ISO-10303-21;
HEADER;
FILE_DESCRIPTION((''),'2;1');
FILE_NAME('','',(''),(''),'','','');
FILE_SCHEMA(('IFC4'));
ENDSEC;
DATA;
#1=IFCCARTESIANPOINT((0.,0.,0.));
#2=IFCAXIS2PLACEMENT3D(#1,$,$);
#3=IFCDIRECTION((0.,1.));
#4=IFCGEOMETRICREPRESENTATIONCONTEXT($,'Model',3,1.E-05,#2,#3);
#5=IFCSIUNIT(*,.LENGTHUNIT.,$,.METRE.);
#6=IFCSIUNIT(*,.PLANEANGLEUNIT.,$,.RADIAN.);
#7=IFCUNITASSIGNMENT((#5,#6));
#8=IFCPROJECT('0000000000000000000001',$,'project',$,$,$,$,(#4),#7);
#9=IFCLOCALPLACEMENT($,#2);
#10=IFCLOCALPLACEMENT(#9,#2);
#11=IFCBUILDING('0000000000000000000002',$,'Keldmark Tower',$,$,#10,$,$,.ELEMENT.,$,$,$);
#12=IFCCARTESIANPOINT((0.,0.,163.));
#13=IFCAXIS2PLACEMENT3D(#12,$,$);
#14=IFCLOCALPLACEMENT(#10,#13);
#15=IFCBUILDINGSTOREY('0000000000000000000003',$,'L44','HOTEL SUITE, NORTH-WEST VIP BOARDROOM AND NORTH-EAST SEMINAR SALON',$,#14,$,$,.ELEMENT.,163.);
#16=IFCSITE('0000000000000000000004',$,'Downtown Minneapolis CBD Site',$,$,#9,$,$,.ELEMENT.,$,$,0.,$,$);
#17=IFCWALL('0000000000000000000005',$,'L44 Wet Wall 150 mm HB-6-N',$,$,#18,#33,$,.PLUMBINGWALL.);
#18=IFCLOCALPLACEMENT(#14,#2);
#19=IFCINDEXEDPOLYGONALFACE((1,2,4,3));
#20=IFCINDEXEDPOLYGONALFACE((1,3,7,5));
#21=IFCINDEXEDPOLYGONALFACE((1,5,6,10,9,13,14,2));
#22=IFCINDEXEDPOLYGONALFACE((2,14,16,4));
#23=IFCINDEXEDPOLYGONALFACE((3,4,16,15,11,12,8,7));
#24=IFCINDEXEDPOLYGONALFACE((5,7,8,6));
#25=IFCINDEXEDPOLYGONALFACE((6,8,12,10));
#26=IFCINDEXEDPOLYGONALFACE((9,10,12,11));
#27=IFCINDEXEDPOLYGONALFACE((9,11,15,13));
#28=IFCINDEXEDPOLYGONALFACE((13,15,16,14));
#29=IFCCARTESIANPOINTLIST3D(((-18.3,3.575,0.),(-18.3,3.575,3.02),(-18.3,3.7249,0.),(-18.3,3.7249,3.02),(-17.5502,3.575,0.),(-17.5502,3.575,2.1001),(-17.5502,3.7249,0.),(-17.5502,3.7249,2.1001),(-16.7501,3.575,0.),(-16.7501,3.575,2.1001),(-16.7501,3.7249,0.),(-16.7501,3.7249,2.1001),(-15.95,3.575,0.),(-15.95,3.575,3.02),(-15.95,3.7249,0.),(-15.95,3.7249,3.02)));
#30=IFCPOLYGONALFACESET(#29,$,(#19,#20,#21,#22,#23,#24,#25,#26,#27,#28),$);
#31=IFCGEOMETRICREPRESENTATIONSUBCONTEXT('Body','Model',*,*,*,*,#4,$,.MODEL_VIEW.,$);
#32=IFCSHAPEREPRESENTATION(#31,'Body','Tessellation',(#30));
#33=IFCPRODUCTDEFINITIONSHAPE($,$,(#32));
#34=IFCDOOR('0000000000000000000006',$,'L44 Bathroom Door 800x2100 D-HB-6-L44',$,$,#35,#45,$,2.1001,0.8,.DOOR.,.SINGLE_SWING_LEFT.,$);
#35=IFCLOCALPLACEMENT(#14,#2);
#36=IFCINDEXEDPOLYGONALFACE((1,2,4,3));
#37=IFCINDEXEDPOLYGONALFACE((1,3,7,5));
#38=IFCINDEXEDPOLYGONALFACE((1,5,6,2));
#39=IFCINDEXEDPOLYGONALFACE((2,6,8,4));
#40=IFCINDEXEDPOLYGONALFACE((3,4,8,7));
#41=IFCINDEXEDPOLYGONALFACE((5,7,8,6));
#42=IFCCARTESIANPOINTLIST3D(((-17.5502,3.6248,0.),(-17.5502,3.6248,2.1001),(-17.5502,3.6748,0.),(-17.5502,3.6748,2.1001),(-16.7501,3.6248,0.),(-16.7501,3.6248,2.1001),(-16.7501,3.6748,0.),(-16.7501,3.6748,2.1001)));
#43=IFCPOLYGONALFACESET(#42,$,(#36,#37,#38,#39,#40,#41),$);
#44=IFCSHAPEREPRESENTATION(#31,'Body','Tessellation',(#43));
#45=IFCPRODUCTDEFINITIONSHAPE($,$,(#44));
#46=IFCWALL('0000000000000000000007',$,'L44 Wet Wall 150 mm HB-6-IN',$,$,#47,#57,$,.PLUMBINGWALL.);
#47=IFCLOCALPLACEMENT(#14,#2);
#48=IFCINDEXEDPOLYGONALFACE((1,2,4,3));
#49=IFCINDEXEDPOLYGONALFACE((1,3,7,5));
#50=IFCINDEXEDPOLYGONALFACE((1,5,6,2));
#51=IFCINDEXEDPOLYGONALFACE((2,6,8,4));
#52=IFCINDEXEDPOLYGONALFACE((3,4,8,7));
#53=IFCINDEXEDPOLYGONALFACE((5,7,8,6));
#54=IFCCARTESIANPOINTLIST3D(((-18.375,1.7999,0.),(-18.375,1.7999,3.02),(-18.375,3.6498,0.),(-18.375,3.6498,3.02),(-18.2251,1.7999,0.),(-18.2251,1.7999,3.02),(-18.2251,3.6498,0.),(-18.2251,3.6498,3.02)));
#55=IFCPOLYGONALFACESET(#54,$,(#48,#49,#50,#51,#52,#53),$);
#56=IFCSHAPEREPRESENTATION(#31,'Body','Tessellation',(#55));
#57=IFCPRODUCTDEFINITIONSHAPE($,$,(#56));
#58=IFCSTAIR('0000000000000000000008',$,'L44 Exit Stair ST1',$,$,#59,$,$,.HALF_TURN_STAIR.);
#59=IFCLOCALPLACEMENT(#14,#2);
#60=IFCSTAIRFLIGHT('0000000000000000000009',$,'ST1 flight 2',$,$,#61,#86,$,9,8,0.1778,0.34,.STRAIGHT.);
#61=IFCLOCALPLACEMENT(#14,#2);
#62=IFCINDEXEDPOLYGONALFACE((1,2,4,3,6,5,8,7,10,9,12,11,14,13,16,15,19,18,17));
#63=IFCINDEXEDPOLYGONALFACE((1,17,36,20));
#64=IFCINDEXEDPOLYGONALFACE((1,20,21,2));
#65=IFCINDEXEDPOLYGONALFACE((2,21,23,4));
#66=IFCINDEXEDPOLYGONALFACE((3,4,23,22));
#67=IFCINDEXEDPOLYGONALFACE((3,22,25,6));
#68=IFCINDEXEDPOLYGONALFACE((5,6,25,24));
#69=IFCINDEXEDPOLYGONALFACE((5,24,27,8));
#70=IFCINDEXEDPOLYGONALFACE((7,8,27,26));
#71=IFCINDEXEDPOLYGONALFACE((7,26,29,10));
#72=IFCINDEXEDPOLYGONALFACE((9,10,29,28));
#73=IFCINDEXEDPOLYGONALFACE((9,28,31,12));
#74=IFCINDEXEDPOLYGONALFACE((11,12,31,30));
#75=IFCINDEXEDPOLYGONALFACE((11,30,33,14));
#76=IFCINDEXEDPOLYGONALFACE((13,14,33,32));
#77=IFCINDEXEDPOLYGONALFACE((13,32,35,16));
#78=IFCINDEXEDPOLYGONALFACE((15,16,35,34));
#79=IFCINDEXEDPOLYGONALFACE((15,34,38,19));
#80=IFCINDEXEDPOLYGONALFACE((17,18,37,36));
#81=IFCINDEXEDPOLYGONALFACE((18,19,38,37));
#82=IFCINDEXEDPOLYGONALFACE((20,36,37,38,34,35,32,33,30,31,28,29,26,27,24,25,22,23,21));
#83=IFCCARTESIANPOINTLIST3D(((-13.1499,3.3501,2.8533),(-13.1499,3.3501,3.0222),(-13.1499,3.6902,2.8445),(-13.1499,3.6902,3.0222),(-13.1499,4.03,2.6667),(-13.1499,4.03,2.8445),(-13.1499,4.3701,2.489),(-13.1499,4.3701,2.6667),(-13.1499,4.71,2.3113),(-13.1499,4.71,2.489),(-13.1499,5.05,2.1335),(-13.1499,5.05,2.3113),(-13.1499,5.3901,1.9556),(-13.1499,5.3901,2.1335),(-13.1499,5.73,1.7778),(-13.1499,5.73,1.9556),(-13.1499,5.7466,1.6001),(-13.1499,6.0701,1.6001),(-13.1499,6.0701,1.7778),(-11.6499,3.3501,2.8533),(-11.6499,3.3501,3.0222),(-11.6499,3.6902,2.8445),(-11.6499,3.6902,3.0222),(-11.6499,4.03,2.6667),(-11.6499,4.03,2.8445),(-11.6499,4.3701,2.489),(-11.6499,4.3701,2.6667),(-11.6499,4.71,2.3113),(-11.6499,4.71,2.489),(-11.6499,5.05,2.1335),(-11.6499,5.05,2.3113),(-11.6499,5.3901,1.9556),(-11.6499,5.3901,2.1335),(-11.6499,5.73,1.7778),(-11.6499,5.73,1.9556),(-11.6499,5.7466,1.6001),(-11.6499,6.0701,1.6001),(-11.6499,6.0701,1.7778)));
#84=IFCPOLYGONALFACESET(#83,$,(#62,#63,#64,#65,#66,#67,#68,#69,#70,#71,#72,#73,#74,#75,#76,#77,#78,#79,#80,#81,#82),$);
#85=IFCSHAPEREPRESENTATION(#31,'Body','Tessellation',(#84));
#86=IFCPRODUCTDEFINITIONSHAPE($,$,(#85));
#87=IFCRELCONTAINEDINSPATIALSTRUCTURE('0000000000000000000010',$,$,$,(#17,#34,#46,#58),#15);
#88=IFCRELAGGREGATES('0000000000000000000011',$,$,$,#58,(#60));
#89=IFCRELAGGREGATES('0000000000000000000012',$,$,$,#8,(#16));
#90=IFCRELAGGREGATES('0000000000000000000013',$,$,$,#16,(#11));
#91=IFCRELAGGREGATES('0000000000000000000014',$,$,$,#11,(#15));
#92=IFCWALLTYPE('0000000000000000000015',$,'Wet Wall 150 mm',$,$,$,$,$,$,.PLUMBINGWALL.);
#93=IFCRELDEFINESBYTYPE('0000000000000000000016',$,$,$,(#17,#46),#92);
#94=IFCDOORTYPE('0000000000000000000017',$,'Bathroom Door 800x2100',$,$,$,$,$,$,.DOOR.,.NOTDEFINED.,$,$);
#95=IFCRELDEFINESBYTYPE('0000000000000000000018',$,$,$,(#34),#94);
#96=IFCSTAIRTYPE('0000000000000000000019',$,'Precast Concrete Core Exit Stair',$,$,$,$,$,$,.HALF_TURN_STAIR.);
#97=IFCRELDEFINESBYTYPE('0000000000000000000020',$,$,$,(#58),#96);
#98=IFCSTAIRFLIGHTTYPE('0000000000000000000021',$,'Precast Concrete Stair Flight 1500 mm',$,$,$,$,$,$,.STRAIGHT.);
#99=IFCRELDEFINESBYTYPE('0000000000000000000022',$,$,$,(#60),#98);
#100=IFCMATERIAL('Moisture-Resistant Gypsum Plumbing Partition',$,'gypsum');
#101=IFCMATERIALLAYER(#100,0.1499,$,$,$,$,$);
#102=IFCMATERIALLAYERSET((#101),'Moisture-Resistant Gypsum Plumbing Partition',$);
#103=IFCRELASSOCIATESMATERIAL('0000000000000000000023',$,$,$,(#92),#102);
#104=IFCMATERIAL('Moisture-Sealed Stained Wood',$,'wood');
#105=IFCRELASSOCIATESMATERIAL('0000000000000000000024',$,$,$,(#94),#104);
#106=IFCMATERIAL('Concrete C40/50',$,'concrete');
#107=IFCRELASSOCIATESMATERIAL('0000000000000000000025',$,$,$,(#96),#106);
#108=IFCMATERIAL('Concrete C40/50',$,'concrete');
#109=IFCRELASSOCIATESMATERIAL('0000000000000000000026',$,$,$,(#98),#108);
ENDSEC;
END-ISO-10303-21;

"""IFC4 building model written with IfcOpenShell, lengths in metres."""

from ifc_helpers import new_model, si_unit, direction, frame, frame_2d, origin, place, context, subcontext, project, spatial, polyline, rectangle, outline, extrude, material, layer, layer_set, type_object, element, fill, aggregate, save


model = new_model("IFC4")

# Units and contexts
model_context = context("Model", 3, precision=1e-05, world=origin(), true_north=direction((0.0, 1.0)))
body_context = subcontext(model_context, "Body", "Model", "MODEL_VIEW")
ifc_project = project(units=[si_unit("LENGTHUNIT", "METRE"), si_unit("PLANEANGLEUNIT", "RADIAN")], contexts=[model_context])

# Site, building, storey
site_placement = place(None, origin())
site = spatial("IfcSite", under=ifc_project, at=site_placement, Name="Downtown Minneapolis CBD Site", CompositionType="ELEMENT", RefElevation=0.0)
building_placement = place(site_placement, origin())
building = spatial("IfcBuilding", under=site, at=building_placement, Name="Keldmark Tower", CompositionType="ELEMENT")
storey_placement = place(building_placement, frame((0.0, 0.0, 163.0)))
storey = spatial("IfcBuildingStorey", under=building, at=storey_placement, Name="L44", Description="HOTEL SUITE, NORTH-WEST VIP BOARDROOM AND NORTH-EAST SEMINAR SALON", CompositionType="ELEMENT", Elevation=163.0)

# Shared definitions
ifc_material_1 = material(Name="Moisture-Resistant Gypsum Plumbing Partition", Category="gypsum")
ifc_layer_1 = layer(ifc_material_1, 0.1499)
ifc_layer_set_1 = layer_set([ifc_layer_1], Name="Moisture-Resistant Gypsum Plumbing Partition")
wall_type_1 = type_object("IfcWallType", Name="Wet Wall 150 mm", PredefinedType="PLUMBINGWALL", material=ifc_layer_set_1)

# Wall, opening, door
wall_1_placement = place(storey_placement, frame((-18.3, 3.6499, 0.0), z_axis=(0.0, 0.0, 1.0), x_axis=(1.0, 0.0, 0.0)))
wall_1 = element("IfcWall", 1, at=wall_1_placement, inside=storey, type_object=wall_type_1, Name="L44 Wet Wall 150 mm HB-6-N", PredefinedType="PLUMBINGWALL", context=body_context, shape_type="SweptSolid", body=[
    extrude(rectangle(XDim=2.3501, YDim=0.1499, at=frame_2d((1.175, 0.0))), origin(), (0.0, 0.0, 1.0), 3.02),
])
opening_1_placement = place(wall_1_placement, frame((0.75, 0.0, 0.0)))
opening_1 = element("IfcOpeningElement", 2, at=opening_1_placement, cuts=wall_1, PredefinedType="OPENING", context=body_context, shape_type="SweptSolid", body=[
    extrude(rectangle(XDim=0.8, YDim=2.1001, at=frame_2d((0.3999, 1.05))), frame((0.0, 0.085, 0.0), z_axis=(0.0, -1.0, 0.0), x_axis=(1.0, 0.0, 0.0)), (0.0, 0.0, 1.0), 0.1699),
])
ifc_material_2 = material(Name="Moisture-Sealed Stained Wood", Category="wood")
door_type = type_object("IfcDoorType", Name="Bathroom Door 800x2100", OperationType="NOTDEFINED", PredefinedType="DOOR", material=ifc_material_2)
door_placement = place(opening_1_placement, origin())
door = element("IfcDoor", 3, at=door_placement, inside=storey, type_object=door_type, Name="L44 Bathroom Door 800x2100 D-HB-6-L44", OperationType="SINGLE_SWING_LEFT", OverallHeight=2.1001, OverallWidth=0.8, PredefinedType="DOOR", context=body_context, shape_type="SweptSolid", body=[
    extrude(rectangle(XDim=0.8, YDim=2.1001, at=frame_2d((0.3999, 1.05))), frame((0.0, 0.0249, 0.0), z_axis=(0.0, -1.0, 0.0), x_axis=(1.0, 0.0, 0.0)), (0.0, 0.0, 1.0), 0.05),
])
fill(opening_1, door)

# Wall
wall_2_placement = place(storey_placement, frame((-18.3, 1.8, 0.0), z_axis=(0.0, 0.0, 1.0), x_axis=(0.0, 1.0, 0.0)))
element("IfcWall", 4, at=wall_2_placement, inside=storey, type_object=wall_type_1, Name="L44 Wet Wall 150 mm HB-6-IN", PredefinedType="PLUMBINGWALL", context=body_context, shape_type="SweptSolid", body=[
    extrude(rectangle(XDim=1.8499, YDim=0.1499, at=frame_2d((0.9248, 0.0))), origin(), (0.0, 0.0, 1.0), 3.02),
])

# Stair, stair flight
ifc_material_3 = material(Name="Concrete C40/50", Category="concrete")
stair_type = type_object("IfcStairType", Name="Precast Concrete Core Exit Stair", PredefinedType="HALF_TURN_STAIR", material=ifc_material_3)
stair_placement = place(storey_placement, origin())
stair = element("IfcStair", 5, at=stair_placement, inside=storey, type_object=stair_type, Name="L44 Exit Stair ST1", PredefinedType="HALF_TURN_STAIR")
ifc_material_4 = material(Name="Concrete C40/50", Category="concrete")
stair_flight_type = type_object("IfcStairFlightType", Name="Precast Concrete Stair Flight 1500 mm", PredefinedType="STRAIGHT", material=ifc_material_4)
stair_flight_placement = place(storey_placement, frame((-12.3999, 6.0701, 1.6001), z_axis=(0.0, 0.0, 1.0), x_axis=(0.0, -1.0, 0.0)))
stair_flight = element("IfcStairFlight", 6, at=stair_flight_placement, type_object=stair_flight_type, Name="ST1 flight 2", NumberOfRisers=9, NumberOfTreads=8, PredefinedType="STRAIGHT", RiserHeight=0.1778, TreadLength=0.34, context=body_context, shape_type="SweptSolid", body=[
    extrude(outline(polyline([(0.0, 0.0), (0.0, 0.1777), (0.3401, 0.1777), (0.3401, 0.3555), (0.6799, 0.3555), (0.6799, 0.5334), (1.02, 0.5334), (1.02, 0.7112), (1.3601, 0.7112), (1.3601, 0.8889), (1.7, 0.8889), (1.7, 1.0667), (2.04, 1.0667), (2.04, 1.2444), (2.3799, 1.2444), (2.3799, 1.4221), (2.72, 1.4221), (2.72, 1.6001), (2.72, 1.2532), (0.3235, 0.0), (0.0, 0.0)])), frame((0.0, 0.75, 0.0), z_axis=(0.0, -1.0, 0.0), x_axis=(1.0, 0.0, 0.0)), (0.0, 0.0, 1.0), 1.5),
])
aggregate(stair, [stair_flight])

save(model, "model.ifc")
